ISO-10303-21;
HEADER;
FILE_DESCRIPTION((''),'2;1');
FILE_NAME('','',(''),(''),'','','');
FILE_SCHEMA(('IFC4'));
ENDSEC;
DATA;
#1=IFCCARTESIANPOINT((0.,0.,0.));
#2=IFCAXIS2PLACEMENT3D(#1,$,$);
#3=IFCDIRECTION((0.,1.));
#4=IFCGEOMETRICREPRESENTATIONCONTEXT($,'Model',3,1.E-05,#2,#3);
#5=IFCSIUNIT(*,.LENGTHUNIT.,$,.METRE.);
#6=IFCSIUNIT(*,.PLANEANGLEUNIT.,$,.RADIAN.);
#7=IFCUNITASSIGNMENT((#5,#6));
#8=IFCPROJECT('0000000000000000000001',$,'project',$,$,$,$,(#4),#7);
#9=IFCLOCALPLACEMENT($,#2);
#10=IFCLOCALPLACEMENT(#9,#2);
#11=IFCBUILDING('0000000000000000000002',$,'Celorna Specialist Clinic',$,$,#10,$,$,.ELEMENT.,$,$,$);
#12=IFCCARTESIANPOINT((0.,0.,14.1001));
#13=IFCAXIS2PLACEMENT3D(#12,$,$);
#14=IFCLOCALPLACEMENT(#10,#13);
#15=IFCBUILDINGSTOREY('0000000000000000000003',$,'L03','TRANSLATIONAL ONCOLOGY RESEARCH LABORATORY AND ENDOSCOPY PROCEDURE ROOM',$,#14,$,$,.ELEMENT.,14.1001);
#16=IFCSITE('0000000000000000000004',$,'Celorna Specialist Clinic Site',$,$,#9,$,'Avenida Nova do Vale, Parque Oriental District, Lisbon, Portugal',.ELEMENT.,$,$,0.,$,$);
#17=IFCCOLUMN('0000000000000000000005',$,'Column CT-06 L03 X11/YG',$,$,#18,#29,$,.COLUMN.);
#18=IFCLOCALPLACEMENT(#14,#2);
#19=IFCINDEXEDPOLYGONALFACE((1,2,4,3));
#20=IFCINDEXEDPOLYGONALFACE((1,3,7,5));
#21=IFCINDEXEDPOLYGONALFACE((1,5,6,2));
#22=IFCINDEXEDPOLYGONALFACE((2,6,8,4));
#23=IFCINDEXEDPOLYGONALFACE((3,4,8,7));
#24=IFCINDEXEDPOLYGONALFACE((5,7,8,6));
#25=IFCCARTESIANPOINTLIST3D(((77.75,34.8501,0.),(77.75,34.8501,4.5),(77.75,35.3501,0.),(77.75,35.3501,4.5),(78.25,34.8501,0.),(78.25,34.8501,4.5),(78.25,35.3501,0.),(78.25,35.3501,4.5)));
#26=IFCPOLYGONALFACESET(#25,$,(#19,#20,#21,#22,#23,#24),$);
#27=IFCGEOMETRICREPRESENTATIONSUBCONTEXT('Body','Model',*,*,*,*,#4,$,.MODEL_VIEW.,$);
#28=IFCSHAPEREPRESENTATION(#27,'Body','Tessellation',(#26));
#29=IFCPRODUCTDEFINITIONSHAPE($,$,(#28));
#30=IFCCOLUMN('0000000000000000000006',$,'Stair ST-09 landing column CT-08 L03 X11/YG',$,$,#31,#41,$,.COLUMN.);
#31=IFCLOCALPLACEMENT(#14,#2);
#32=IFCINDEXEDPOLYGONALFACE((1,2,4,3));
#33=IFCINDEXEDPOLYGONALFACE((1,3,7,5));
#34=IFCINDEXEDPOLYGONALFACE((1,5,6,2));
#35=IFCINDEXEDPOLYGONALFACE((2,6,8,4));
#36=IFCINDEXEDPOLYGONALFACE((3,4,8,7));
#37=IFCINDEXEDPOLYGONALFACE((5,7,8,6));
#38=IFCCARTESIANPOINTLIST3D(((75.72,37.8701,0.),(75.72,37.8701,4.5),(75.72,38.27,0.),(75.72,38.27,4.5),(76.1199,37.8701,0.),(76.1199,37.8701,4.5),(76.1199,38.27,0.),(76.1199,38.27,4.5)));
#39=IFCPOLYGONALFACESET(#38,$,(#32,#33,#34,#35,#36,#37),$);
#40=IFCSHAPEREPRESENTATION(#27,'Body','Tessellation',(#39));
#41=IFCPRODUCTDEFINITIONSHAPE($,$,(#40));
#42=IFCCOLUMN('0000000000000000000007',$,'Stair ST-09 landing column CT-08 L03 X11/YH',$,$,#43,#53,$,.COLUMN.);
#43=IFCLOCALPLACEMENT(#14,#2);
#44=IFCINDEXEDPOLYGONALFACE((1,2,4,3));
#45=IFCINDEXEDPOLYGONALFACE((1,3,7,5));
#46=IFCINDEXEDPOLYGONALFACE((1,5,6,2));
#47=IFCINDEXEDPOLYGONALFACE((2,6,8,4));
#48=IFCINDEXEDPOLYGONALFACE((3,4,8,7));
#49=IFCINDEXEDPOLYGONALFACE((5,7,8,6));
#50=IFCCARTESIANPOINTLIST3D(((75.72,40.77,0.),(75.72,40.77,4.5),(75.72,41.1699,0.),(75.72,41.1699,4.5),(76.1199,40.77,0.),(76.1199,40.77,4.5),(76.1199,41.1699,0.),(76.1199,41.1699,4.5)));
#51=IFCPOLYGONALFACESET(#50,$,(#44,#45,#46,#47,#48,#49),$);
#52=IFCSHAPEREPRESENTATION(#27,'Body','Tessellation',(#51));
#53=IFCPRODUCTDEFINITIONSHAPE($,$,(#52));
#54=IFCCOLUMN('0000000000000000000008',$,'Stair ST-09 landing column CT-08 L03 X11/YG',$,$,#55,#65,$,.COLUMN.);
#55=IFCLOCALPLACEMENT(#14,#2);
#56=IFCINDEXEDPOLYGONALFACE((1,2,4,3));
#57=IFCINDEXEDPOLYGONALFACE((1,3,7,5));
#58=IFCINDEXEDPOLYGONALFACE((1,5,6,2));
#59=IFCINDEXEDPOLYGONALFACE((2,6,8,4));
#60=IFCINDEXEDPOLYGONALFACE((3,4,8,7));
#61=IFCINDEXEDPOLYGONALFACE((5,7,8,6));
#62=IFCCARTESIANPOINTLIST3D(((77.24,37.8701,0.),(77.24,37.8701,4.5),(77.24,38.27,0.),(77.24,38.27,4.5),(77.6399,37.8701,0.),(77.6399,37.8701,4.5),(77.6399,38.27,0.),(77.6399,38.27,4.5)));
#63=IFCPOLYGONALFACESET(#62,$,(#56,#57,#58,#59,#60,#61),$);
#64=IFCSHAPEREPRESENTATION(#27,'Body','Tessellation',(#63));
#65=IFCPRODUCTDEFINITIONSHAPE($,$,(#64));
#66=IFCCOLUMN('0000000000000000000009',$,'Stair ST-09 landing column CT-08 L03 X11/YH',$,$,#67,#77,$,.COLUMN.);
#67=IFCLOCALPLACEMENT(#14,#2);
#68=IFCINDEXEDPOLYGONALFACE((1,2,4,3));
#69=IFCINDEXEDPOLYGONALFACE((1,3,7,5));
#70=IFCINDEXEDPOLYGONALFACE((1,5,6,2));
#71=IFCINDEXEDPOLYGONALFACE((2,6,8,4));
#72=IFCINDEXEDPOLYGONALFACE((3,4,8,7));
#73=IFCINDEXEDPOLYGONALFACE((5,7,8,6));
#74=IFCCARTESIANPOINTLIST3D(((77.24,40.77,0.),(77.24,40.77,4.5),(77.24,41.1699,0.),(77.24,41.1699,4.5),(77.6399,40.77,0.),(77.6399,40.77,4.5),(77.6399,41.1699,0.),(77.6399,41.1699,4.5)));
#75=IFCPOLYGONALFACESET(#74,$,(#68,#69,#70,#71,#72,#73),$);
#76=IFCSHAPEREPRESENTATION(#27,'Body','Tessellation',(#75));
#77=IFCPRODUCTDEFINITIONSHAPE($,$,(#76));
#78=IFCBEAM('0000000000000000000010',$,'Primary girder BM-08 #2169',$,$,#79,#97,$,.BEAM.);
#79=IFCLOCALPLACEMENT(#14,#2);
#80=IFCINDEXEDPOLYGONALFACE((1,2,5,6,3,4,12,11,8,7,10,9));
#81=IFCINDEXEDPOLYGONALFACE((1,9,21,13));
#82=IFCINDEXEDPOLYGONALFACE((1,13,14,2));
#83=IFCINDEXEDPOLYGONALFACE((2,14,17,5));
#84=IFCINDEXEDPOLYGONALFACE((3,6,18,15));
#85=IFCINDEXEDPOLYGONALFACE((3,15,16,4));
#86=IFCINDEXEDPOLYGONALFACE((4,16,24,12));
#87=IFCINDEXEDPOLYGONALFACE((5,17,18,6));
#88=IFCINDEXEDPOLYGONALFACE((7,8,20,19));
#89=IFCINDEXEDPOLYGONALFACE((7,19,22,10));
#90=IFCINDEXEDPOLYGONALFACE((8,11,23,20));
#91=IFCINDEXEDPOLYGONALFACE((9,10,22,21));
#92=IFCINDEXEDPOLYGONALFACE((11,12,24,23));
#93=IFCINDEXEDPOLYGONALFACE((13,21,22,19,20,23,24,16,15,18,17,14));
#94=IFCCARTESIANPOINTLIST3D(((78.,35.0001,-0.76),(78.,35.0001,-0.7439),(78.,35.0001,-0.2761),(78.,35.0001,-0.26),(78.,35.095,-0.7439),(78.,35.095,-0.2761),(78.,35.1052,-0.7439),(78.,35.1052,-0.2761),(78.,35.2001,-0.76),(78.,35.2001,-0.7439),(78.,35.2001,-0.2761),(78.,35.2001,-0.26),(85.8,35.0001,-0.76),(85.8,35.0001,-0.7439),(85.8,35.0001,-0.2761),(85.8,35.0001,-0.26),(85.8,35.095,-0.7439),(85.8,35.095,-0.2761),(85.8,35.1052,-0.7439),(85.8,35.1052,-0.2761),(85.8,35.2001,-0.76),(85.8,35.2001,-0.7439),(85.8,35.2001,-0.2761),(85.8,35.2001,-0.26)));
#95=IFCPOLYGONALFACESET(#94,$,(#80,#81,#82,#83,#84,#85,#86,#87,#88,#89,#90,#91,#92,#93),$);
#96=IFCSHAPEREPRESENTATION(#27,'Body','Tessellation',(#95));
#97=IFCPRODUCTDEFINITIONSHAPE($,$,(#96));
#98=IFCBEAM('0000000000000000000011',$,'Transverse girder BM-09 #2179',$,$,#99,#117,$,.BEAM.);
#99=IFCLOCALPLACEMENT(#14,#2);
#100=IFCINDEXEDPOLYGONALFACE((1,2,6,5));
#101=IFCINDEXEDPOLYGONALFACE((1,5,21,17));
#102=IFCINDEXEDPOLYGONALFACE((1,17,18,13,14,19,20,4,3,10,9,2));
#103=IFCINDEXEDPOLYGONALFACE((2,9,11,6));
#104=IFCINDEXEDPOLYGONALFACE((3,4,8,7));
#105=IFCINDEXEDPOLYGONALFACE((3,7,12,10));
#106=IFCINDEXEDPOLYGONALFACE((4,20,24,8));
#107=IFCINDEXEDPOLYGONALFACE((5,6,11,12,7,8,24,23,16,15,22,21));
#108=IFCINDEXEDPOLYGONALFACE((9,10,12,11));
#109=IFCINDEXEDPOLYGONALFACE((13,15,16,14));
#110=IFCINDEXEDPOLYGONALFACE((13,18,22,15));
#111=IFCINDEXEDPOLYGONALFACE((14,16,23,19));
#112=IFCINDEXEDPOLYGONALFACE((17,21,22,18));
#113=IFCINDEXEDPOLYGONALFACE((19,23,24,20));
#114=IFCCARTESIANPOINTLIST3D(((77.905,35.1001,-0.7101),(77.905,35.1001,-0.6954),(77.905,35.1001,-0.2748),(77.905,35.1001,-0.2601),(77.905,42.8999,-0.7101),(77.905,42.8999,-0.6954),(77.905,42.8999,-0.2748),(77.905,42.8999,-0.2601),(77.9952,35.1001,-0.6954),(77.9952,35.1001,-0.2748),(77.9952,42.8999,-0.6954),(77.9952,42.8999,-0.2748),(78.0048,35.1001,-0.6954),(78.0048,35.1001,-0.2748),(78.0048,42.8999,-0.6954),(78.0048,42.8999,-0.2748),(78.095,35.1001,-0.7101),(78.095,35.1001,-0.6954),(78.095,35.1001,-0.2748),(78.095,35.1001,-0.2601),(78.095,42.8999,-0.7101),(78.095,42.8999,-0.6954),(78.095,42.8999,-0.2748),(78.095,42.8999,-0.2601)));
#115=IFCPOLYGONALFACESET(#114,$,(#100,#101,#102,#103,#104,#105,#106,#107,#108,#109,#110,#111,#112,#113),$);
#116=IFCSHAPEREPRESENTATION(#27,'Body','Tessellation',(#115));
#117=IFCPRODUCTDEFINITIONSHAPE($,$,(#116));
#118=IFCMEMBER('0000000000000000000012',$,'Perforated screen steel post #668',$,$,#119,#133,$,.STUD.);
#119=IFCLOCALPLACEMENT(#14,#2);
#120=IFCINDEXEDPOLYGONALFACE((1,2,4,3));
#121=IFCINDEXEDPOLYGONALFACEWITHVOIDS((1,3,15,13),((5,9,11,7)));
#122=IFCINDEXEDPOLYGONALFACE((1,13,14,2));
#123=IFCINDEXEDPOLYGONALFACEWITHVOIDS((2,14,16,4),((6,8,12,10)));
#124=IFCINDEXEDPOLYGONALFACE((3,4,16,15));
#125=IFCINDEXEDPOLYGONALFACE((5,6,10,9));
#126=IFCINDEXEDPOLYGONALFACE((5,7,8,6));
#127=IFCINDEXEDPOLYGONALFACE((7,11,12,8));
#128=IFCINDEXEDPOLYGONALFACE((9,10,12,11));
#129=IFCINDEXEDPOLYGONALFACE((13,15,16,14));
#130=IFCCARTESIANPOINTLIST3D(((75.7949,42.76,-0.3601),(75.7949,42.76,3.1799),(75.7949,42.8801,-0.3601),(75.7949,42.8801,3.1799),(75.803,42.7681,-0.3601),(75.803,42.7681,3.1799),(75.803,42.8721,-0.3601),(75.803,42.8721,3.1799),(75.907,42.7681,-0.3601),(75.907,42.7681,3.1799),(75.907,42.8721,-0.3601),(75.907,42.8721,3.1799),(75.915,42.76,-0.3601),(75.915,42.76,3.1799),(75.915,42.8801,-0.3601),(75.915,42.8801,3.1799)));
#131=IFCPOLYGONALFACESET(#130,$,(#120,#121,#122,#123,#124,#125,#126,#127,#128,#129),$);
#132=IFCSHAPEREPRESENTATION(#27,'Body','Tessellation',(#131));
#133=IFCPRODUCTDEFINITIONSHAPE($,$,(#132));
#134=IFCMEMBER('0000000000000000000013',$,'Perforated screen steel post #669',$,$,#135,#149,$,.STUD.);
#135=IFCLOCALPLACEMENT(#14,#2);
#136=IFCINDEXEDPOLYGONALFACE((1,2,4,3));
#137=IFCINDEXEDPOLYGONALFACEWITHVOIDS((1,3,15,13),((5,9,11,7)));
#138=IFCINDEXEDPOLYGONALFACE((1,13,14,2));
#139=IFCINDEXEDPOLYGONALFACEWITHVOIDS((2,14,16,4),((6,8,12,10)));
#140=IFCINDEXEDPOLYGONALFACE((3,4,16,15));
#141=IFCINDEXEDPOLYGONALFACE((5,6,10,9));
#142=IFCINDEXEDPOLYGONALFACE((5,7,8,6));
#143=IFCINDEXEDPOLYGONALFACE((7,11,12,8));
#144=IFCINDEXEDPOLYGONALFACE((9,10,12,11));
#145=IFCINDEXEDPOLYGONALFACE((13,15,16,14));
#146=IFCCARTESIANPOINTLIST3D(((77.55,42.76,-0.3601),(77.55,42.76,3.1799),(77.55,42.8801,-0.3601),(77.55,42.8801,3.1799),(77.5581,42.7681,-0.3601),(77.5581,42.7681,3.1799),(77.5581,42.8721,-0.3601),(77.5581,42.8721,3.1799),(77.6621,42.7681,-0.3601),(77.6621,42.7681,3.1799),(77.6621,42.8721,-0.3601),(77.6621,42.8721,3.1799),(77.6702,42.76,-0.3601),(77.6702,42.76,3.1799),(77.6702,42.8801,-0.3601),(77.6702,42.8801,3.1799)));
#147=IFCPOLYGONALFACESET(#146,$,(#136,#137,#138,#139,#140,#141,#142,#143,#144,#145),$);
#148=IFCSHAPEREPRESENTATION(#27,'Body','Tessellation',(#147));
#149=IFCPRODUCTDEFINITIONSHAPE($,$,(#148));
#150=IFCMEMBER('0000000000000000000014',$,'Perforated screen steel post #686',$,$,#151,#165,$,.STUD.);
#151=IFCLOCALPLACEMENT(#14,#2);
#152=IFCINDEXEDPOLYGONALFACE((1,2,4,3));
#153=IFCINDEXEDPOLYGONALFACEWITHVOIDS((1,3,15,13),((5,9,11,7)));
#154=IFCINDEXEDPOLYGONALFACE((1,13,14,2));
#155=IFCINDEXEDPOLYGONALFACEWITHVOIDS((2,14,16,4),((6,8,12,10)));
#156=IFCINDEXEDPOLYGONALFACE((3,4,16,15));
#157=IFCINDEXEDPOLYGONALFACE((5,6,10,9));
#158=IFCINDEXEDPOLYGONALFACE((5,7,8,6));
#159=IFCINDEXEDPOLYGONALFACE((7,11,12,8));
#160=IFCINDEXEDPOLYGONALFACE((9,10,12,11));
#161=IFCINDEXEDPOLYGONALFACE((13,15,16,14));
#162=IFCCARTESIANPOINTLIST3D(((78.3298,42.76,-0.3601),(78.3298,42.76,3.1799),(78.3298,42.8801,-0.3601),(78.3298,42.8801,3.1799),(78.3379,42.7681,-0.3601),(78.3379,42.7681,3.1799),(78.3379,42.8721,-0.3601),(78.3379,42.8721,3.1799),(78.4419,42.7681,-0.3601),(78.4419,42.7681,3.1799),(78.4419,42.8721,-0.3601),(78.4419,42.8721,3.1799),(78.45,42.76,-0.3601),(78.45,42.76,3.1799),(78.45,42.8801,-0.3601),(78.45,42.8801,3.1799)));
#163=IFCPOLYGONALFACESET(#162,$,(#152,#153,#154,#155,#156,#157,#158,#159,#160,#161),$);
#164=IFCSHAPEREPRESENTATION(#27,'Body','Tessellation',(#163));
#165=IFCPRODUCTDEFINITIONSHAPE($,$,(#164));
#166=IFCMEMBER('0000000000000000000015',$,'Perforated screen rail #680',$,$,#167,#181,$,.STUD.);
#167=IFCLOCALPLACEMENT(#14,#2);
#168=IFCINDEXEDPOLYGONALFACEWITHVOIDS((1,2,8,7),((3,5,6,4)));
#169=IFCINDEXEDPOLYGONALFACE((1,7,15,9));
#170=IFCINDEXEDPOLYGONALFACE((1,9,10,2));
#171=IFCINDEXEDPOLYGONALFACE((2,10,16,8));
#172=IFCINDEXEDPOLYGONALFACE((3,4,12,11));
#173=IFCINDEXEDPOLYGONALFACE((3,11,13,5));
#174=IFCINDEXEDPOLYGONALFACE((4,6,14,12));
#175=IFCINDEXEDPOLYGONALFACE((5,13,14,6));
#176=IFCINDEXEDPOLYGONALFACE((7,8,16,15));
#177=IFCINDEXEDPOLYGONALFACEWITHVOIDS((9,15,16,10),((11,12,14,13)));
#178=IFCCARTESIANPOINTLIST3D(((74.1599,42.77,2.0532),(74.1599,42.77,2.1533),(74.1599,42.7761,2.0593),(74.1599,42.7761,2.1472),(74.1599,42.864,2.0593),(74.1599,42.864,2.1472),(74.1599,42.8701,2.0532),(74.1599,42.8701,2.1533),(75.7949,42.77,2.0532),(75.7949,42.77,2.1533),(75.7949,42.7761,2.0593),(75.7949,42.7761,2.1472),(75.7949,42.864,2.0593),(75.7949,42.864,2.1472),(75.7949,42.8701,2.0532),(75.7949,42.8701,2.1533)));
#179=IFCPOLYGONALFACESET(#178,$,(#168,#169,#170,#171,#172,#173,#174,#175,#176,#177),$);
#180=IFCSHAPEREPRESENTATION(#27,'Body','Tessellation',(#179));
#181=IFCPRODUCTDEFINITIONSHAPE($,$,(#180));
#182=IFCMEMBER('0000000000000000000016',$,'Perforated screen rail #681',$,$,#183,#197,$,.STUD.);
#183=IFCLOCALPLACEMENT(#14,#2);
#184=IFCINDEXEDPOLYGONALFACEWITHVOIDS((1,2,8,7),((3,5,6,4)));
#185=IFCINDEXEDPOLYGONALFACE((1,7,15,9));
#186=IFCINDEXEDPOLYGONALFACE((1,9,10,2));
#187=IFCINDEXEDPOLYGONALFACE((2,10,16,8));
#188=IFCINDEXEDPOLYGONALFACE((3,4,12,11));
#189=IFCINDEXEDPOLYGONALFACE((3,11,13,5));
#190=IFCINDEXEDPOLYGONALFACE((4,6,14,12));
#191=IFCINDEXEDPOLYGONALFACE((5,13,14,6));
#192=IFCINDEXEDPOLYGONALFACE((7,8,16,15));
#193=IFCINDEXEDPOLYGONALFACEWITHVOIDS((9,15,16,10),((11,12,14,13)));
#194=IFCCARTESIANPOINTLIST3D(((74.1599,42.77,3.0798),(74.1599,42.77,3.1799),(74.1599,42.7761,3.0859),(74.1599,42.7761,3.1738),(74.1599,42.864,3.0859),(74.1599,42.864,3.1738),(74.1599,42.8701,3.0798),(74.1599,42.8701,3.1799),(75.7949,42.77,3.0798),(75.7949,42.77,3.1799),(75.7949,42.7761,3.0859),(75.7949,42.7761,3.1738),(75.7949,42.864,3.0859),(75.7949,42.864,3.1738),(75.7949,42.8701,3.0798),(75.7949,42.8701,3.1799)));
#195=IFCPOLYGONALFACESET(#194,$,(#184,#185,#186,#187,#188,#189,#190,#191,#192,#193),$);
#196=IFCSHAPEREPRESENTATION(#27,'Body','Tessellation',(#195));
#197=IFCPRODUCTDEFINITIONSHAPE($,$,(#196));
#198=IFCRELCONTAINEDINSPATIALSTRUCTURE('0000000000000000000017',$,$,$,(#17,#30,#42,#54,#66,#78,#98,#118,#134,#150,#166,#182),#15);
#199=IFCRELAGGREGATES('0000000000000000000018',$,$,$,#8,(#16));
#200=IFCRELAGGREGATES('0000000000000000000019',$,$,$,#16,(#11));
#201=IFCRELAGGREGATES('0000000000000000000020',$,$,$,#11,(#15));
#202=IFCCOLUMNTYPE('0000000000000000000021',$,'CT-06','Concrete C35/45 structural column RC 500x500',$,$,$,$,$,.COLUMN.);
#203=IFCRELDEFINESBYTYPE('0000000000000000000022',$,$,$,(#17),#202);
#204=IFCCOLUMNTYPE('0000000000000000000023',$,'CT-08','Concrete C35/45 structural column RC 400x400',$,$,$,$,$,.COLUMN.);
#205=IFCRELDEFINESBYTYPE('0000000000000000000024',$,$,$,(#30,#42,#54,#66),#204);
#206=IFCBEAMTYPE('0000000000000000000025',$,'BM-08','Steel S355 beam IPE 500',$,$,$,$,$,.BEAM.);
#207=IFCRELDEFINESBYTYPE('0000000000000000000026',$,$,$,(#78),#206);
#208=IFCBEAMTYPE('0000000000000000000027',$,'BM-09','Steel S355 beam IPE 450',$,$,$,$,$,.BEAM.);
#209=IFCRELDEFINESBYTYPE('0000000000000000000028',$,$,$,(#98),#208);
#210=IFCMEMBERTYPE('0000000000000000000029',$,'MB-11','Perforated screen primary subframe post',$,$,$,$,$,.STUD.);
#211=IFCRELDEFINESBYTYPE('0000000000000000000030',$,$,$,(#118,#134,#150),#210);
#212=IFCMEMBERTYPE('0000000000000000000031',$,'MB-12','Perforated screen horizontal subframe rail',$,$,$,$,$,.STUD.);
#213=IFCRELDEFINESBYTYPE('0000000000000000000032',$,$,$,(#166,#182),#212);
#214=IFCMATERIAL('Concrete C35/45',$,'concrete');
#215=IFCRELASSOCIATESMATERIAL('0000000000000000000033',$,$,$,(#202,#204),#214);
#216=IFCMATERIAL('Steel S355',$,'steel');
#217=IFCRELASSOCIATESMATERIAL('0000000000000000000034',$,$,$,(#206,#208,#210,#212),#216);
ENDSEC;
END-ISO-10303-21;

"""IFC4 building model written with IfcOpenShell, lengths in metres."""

from ifc_helpers import new_model, si_unit, direction, frame, origin, origin_2d, place, context, subcontext, project, spatial, rectangle, hollow_rectangle, i_section, extrude, material, material_profile, profile_set, type_object, element, save


model = new_model("IFC4")

# Units and contexts
model_context = context("Model", 3, precision=1e-05, world=origin(), true_north=direction((0.0, 1.0)))
body_context = subcontext(model_context, "Body", "Model", "MODEL_VIEW")
ifc_project = project(units=[si_unit("LENGTHUNIT", "METRE"), si_unit("PLANEANGLEUNIT", "RADIAN")], contexts=[model_context])

# Site, building, storey
site_placement = place(None, origin())
site = spatial("IfcSite", under=ifc_project, at=site_placement, Name="Celorna Specialist Clinic Site", LongName="Avenida Nova do Vale, Parque Oriental District, Lisbon, Portugal", CompositionType="ELEMENT", RefElevation=0.0)
building_placement = place(site_placement, origin())
building = spatial("IfcBuilding", under=site, at=building_placement, Name="Celorna Specialist Clinic", CompositionType="ELEMENT")
storey_placement = place(building_placement, frame((0.0, 0.0, 14.1001)))
storey = spatial("IfcBuildingStorey", under=building, at=storey_placement, Name="L03", Description="TRANSLATIONAL ONCOLOGY RESEARCH LABORATORY AND ENDOSCOPY PROCEDURE ROOM", CompositionType="ELEMENT", Elevation=14.1001)

# Columns
ifc_material_1 = material(Name="Concrete C35/45", Category="concrete")
ifc_material_profile_1 = material_profile(ifc_material_1, rectangle(XDim=0.5, YDim=0.5, at=origin_2d()), Name="RC 500x500")
ifc_profile_set_1 = profile_set([ifc_material_profile_1], Name="Concrete C35/45")
column_type_1 = type_object("IfcColumnType", Name="CT-06", Description="Concrete C35/45 structural column RC 500x500", PredefinedType="COLUMN", material=ifc_profile_set_1)
column_placement = place(storey_placement, frame((78.0, 35.1001, 0.0), z_axis=(0.0, 0.0, 1.0), x_axis=(1.0, 0.0, 0.0)))
element("IfcColumn", 1, at=column_placement, inside=storey, type_object=column_type_1, Name="Column CT-06 L03 X11/YG", PredefinedType="COLUMN", context=body_context, shape_type="SweptSolid", body=[
    extrude(rectangle(XDim=0.5, YDim=0.5, at=origin_2d()), origin(), (0.0, 0.0, 1.0), 4.5),
])
ifc_material_profile_2 = material_profile(ifc_material_1, rectangle(XDim=0.3999, YDim=0.3999, at=origin_2d()), Name="RC 400x400")
ifc_profile_set_2 = profile_set([ifc_material_profile_2], Name="Concrete C35/45")
column_type_2 = type_object("IfcColumnType", Name="CT-08", Description="Concrete C35/45 structural column RC 400x400", PredefinedType="COLUMN", material=ifc_profile_set_2)
for number, where, z_axis, x_axis, name in (
    (2, (75.9199, 38.0701, 0.0), (0.0, 0.0, 1.0), (1.0, 0.0, 0.0), "Stair ST-09 landing column CT-08 L03 X11/YG"),
    (3, (75.9199, 40.97, 0.0), (0.0, 0.0, 1.0), (1.0, 0.0, 0.0), "Stair ST-09 landing column CT-08 L03 X11/YH"),
    (4, (77.4399, 38.0701, 0.0), (0.0, 0.0, 1.0), (1.0, 0.0, 0.0), "Stair ST-09 landing column CT-08 L03 X11/YG"),
    (5, (77.4399, 40.97, 0.0), (0.0, 0.0, 1.0), (1.0, 0.0, 0.0), "Stair ST-09 landing column CT-08 L03 X11/YH"),
):
    element("IfcColumn", number, at=place(storey_placement, frame(where, z_axis=z_axis, x_axis=x_axis)), inside=storey, type_object=column_type_2, Name=name, PredefinedType="COLUMN", context=body_context, shape_type="SweptSolid", body=[
        extrude(rectangle(XDim=0.3999, YDim=0.3999, at=origin_2d()), origin(), (0.0, 0.0, 1.0), 4.5),
    ])

# Beams
ifc_material_2 = material(Name="Steel S355", Category="steel")
ifc_material_profile_3 = material_profile(ifc_material_2, i_section(OverallWidth=0.2, OverallDepth=0.5, WebThickness=0.0103, FlangeThickness=0.0161, at=origin_2d()), Name="IPE 500")
ifc_profile_set_3 = profile_set([ifc_material_profile_3], Name="Steel S355")
beam_type_1 = type_object("IfcBeamType", Name="BM-08", Description="Steel S355 beam IPE 500", PredefinedType="BEAM", material=ifc_profile_set_3)
beam_1_placement = place(storey_placement, frame((78.0, 35.1001, -0.51), z_axis=(1.0, 0.0, 0.0), x_axis=(0.0, 1.0, 0.0)))
element("IfcBeam", 6, at=beam_1_placement, inside=storey, type_object=beam_type_1, Name="Primary girder BM-08 #2169", PredefinedType="BEAM", context=body_context, shape_type="SweptSolid", body=[
    extrude(i_section(OverallWidth=0.2, OverallDepth=0.5, WebThickness=0.0103, FlangeThickness=0.0161, at=origin_2d()), origin(), (0.0, 0.0, 1.0), 7.8),
])
ifc_material_profile_4 = material_profile(ifc_material_2, i_section(OverallWidth=0.1899, OverallDepth=0.45, WebThickness=0.0095, FlangeThickness=0.0146, at=origin_2d()), Name="IPE 450")
ifc_profile_set_4 = profile_set([ifc_material_profile_4], Name="Steel S355")
beam_type_2 = type_object("IfcBeamType", Name="BM-09", Description="Steel S355 beam IPE 450", PredefinedType="BEAM", material=ifc_profile_set_4)
beam_2_placement = place(storey_placement, frame((78.0, 35.1001, -0.4851), z_axis=(0.0, 1.0, 0.0), x_axis=(-1.0, 0.0, 0.0)))
element("IfcBeam", 7, at=beam_2_placement, inside=storey, type_object=beam_type_2, Name="Transverse girder BM-09 #2179", PredefinedType="BEAM", context=body_context, shape_type="SweptSolid", body=[
    extrude(i_section(OverallWidth=0.1899, OverallDepth=0.45, WebThickness=0.0095, FlangeThickness=0.0146, at=origin_2d()), origin(), (0.0, 0.0, 1.0), 7.7998),
])

# Members
ifc_material_profile_5 = material_profile(ifc_material_2, hollow_rectangle(XDim=0.1201, YDim=0.1201, WallThickness=0.0081, at=origin_2d()), Name="SHS 120x120x8")
ifc_profile_set_5 = profile_set([ifc_material_profile_5], Name="Steel S355")
member_type_1 = type_object("IfcMemberType", Name="MB-11", Description="Perforated screen primary subframe post", PredefinedType="STUD", material=ifc_profile_set_5)
for number, where, z_axis, x_axis, name in (
    (8, (75.855, 42.8201, -0.3601), (0.0, 0.0, 1.0), (1.0, 0.0, 0.0), "Perforated screen steel post #668"),
    (9, (77.6101, 42.8201, -0.3601), (0.0, 0.0, 1.0), (1.0, 0.0, 0.0), "Perforated screen steel post #669"),
    (10, (78.3899, 42.8201, -0.3601), (0.0, 0.0, 1.0), (1.0, 0.0, 0.0), "Perforated screen steel post #686"),
):
    element("IfcMember", number, at=place(storey_placement, frame(where, z_axis=z_axis, x_axis=x_axis)), inside=storey, type_object=member_type_1, Name=name, PredefinedType="STUD", context=body_context, shape_type="SweptSolid", body=[
        extrude(hollow_rectangle(XDim=0.1201, YDim=0.1201, WallThickness=0.0081, at=origin_2d()), origin(), (0.0, 0.0, 1.0), 3.54),
    ])
ifc_material_profile_6 = material_profile(ifc_material_2, hollow_rectangle(XDim=0.1001, YDim=0.1001, WallThickness=0.0061, at=origin_2d()), Name="SHS 100x100x6")
ifc_profile_set_6 = profile_set([ifc_material_profile_6], Name="Steel S355")
member_type_2 = type_object("IfcMemberType", Name="MB-12", Description="Perforated screen horizontal subframe rail", PredefinedType="STUD", material=ifc_profile_set_6)
for number, where, z_axis, x_axis, name in (
    (11, (74.1599, 42.8201, 2.1033), (1.0, 0.0, 0.0), (0.0, 1.0, 0.0), "Perforated screen rail #680"),
    (12, (74.1599, 42.8201, 3.1299), (1.0, 0.0, 0.0), (0.0, 1.0, 0.0), "Perforated screen rail #681"),
):
    element("IfcMember", number, at=place(storey_placement, frame(where, z_axis=z_axis, x_axis=x_axis)), inside=storey, type_object=member_type_2, Name=name, PredefinedType="STUD", context=body_context, shape_type="SweptSolid", body=[
        extrude(hollow_rectangle(XDim=0.1001, YDim=0.1001, WallThickness=0.0061, at=origin_2d()), origin(), (0.0, 0.0, 1.0), 1.635),
    ])

save(model, "model.ifc")
